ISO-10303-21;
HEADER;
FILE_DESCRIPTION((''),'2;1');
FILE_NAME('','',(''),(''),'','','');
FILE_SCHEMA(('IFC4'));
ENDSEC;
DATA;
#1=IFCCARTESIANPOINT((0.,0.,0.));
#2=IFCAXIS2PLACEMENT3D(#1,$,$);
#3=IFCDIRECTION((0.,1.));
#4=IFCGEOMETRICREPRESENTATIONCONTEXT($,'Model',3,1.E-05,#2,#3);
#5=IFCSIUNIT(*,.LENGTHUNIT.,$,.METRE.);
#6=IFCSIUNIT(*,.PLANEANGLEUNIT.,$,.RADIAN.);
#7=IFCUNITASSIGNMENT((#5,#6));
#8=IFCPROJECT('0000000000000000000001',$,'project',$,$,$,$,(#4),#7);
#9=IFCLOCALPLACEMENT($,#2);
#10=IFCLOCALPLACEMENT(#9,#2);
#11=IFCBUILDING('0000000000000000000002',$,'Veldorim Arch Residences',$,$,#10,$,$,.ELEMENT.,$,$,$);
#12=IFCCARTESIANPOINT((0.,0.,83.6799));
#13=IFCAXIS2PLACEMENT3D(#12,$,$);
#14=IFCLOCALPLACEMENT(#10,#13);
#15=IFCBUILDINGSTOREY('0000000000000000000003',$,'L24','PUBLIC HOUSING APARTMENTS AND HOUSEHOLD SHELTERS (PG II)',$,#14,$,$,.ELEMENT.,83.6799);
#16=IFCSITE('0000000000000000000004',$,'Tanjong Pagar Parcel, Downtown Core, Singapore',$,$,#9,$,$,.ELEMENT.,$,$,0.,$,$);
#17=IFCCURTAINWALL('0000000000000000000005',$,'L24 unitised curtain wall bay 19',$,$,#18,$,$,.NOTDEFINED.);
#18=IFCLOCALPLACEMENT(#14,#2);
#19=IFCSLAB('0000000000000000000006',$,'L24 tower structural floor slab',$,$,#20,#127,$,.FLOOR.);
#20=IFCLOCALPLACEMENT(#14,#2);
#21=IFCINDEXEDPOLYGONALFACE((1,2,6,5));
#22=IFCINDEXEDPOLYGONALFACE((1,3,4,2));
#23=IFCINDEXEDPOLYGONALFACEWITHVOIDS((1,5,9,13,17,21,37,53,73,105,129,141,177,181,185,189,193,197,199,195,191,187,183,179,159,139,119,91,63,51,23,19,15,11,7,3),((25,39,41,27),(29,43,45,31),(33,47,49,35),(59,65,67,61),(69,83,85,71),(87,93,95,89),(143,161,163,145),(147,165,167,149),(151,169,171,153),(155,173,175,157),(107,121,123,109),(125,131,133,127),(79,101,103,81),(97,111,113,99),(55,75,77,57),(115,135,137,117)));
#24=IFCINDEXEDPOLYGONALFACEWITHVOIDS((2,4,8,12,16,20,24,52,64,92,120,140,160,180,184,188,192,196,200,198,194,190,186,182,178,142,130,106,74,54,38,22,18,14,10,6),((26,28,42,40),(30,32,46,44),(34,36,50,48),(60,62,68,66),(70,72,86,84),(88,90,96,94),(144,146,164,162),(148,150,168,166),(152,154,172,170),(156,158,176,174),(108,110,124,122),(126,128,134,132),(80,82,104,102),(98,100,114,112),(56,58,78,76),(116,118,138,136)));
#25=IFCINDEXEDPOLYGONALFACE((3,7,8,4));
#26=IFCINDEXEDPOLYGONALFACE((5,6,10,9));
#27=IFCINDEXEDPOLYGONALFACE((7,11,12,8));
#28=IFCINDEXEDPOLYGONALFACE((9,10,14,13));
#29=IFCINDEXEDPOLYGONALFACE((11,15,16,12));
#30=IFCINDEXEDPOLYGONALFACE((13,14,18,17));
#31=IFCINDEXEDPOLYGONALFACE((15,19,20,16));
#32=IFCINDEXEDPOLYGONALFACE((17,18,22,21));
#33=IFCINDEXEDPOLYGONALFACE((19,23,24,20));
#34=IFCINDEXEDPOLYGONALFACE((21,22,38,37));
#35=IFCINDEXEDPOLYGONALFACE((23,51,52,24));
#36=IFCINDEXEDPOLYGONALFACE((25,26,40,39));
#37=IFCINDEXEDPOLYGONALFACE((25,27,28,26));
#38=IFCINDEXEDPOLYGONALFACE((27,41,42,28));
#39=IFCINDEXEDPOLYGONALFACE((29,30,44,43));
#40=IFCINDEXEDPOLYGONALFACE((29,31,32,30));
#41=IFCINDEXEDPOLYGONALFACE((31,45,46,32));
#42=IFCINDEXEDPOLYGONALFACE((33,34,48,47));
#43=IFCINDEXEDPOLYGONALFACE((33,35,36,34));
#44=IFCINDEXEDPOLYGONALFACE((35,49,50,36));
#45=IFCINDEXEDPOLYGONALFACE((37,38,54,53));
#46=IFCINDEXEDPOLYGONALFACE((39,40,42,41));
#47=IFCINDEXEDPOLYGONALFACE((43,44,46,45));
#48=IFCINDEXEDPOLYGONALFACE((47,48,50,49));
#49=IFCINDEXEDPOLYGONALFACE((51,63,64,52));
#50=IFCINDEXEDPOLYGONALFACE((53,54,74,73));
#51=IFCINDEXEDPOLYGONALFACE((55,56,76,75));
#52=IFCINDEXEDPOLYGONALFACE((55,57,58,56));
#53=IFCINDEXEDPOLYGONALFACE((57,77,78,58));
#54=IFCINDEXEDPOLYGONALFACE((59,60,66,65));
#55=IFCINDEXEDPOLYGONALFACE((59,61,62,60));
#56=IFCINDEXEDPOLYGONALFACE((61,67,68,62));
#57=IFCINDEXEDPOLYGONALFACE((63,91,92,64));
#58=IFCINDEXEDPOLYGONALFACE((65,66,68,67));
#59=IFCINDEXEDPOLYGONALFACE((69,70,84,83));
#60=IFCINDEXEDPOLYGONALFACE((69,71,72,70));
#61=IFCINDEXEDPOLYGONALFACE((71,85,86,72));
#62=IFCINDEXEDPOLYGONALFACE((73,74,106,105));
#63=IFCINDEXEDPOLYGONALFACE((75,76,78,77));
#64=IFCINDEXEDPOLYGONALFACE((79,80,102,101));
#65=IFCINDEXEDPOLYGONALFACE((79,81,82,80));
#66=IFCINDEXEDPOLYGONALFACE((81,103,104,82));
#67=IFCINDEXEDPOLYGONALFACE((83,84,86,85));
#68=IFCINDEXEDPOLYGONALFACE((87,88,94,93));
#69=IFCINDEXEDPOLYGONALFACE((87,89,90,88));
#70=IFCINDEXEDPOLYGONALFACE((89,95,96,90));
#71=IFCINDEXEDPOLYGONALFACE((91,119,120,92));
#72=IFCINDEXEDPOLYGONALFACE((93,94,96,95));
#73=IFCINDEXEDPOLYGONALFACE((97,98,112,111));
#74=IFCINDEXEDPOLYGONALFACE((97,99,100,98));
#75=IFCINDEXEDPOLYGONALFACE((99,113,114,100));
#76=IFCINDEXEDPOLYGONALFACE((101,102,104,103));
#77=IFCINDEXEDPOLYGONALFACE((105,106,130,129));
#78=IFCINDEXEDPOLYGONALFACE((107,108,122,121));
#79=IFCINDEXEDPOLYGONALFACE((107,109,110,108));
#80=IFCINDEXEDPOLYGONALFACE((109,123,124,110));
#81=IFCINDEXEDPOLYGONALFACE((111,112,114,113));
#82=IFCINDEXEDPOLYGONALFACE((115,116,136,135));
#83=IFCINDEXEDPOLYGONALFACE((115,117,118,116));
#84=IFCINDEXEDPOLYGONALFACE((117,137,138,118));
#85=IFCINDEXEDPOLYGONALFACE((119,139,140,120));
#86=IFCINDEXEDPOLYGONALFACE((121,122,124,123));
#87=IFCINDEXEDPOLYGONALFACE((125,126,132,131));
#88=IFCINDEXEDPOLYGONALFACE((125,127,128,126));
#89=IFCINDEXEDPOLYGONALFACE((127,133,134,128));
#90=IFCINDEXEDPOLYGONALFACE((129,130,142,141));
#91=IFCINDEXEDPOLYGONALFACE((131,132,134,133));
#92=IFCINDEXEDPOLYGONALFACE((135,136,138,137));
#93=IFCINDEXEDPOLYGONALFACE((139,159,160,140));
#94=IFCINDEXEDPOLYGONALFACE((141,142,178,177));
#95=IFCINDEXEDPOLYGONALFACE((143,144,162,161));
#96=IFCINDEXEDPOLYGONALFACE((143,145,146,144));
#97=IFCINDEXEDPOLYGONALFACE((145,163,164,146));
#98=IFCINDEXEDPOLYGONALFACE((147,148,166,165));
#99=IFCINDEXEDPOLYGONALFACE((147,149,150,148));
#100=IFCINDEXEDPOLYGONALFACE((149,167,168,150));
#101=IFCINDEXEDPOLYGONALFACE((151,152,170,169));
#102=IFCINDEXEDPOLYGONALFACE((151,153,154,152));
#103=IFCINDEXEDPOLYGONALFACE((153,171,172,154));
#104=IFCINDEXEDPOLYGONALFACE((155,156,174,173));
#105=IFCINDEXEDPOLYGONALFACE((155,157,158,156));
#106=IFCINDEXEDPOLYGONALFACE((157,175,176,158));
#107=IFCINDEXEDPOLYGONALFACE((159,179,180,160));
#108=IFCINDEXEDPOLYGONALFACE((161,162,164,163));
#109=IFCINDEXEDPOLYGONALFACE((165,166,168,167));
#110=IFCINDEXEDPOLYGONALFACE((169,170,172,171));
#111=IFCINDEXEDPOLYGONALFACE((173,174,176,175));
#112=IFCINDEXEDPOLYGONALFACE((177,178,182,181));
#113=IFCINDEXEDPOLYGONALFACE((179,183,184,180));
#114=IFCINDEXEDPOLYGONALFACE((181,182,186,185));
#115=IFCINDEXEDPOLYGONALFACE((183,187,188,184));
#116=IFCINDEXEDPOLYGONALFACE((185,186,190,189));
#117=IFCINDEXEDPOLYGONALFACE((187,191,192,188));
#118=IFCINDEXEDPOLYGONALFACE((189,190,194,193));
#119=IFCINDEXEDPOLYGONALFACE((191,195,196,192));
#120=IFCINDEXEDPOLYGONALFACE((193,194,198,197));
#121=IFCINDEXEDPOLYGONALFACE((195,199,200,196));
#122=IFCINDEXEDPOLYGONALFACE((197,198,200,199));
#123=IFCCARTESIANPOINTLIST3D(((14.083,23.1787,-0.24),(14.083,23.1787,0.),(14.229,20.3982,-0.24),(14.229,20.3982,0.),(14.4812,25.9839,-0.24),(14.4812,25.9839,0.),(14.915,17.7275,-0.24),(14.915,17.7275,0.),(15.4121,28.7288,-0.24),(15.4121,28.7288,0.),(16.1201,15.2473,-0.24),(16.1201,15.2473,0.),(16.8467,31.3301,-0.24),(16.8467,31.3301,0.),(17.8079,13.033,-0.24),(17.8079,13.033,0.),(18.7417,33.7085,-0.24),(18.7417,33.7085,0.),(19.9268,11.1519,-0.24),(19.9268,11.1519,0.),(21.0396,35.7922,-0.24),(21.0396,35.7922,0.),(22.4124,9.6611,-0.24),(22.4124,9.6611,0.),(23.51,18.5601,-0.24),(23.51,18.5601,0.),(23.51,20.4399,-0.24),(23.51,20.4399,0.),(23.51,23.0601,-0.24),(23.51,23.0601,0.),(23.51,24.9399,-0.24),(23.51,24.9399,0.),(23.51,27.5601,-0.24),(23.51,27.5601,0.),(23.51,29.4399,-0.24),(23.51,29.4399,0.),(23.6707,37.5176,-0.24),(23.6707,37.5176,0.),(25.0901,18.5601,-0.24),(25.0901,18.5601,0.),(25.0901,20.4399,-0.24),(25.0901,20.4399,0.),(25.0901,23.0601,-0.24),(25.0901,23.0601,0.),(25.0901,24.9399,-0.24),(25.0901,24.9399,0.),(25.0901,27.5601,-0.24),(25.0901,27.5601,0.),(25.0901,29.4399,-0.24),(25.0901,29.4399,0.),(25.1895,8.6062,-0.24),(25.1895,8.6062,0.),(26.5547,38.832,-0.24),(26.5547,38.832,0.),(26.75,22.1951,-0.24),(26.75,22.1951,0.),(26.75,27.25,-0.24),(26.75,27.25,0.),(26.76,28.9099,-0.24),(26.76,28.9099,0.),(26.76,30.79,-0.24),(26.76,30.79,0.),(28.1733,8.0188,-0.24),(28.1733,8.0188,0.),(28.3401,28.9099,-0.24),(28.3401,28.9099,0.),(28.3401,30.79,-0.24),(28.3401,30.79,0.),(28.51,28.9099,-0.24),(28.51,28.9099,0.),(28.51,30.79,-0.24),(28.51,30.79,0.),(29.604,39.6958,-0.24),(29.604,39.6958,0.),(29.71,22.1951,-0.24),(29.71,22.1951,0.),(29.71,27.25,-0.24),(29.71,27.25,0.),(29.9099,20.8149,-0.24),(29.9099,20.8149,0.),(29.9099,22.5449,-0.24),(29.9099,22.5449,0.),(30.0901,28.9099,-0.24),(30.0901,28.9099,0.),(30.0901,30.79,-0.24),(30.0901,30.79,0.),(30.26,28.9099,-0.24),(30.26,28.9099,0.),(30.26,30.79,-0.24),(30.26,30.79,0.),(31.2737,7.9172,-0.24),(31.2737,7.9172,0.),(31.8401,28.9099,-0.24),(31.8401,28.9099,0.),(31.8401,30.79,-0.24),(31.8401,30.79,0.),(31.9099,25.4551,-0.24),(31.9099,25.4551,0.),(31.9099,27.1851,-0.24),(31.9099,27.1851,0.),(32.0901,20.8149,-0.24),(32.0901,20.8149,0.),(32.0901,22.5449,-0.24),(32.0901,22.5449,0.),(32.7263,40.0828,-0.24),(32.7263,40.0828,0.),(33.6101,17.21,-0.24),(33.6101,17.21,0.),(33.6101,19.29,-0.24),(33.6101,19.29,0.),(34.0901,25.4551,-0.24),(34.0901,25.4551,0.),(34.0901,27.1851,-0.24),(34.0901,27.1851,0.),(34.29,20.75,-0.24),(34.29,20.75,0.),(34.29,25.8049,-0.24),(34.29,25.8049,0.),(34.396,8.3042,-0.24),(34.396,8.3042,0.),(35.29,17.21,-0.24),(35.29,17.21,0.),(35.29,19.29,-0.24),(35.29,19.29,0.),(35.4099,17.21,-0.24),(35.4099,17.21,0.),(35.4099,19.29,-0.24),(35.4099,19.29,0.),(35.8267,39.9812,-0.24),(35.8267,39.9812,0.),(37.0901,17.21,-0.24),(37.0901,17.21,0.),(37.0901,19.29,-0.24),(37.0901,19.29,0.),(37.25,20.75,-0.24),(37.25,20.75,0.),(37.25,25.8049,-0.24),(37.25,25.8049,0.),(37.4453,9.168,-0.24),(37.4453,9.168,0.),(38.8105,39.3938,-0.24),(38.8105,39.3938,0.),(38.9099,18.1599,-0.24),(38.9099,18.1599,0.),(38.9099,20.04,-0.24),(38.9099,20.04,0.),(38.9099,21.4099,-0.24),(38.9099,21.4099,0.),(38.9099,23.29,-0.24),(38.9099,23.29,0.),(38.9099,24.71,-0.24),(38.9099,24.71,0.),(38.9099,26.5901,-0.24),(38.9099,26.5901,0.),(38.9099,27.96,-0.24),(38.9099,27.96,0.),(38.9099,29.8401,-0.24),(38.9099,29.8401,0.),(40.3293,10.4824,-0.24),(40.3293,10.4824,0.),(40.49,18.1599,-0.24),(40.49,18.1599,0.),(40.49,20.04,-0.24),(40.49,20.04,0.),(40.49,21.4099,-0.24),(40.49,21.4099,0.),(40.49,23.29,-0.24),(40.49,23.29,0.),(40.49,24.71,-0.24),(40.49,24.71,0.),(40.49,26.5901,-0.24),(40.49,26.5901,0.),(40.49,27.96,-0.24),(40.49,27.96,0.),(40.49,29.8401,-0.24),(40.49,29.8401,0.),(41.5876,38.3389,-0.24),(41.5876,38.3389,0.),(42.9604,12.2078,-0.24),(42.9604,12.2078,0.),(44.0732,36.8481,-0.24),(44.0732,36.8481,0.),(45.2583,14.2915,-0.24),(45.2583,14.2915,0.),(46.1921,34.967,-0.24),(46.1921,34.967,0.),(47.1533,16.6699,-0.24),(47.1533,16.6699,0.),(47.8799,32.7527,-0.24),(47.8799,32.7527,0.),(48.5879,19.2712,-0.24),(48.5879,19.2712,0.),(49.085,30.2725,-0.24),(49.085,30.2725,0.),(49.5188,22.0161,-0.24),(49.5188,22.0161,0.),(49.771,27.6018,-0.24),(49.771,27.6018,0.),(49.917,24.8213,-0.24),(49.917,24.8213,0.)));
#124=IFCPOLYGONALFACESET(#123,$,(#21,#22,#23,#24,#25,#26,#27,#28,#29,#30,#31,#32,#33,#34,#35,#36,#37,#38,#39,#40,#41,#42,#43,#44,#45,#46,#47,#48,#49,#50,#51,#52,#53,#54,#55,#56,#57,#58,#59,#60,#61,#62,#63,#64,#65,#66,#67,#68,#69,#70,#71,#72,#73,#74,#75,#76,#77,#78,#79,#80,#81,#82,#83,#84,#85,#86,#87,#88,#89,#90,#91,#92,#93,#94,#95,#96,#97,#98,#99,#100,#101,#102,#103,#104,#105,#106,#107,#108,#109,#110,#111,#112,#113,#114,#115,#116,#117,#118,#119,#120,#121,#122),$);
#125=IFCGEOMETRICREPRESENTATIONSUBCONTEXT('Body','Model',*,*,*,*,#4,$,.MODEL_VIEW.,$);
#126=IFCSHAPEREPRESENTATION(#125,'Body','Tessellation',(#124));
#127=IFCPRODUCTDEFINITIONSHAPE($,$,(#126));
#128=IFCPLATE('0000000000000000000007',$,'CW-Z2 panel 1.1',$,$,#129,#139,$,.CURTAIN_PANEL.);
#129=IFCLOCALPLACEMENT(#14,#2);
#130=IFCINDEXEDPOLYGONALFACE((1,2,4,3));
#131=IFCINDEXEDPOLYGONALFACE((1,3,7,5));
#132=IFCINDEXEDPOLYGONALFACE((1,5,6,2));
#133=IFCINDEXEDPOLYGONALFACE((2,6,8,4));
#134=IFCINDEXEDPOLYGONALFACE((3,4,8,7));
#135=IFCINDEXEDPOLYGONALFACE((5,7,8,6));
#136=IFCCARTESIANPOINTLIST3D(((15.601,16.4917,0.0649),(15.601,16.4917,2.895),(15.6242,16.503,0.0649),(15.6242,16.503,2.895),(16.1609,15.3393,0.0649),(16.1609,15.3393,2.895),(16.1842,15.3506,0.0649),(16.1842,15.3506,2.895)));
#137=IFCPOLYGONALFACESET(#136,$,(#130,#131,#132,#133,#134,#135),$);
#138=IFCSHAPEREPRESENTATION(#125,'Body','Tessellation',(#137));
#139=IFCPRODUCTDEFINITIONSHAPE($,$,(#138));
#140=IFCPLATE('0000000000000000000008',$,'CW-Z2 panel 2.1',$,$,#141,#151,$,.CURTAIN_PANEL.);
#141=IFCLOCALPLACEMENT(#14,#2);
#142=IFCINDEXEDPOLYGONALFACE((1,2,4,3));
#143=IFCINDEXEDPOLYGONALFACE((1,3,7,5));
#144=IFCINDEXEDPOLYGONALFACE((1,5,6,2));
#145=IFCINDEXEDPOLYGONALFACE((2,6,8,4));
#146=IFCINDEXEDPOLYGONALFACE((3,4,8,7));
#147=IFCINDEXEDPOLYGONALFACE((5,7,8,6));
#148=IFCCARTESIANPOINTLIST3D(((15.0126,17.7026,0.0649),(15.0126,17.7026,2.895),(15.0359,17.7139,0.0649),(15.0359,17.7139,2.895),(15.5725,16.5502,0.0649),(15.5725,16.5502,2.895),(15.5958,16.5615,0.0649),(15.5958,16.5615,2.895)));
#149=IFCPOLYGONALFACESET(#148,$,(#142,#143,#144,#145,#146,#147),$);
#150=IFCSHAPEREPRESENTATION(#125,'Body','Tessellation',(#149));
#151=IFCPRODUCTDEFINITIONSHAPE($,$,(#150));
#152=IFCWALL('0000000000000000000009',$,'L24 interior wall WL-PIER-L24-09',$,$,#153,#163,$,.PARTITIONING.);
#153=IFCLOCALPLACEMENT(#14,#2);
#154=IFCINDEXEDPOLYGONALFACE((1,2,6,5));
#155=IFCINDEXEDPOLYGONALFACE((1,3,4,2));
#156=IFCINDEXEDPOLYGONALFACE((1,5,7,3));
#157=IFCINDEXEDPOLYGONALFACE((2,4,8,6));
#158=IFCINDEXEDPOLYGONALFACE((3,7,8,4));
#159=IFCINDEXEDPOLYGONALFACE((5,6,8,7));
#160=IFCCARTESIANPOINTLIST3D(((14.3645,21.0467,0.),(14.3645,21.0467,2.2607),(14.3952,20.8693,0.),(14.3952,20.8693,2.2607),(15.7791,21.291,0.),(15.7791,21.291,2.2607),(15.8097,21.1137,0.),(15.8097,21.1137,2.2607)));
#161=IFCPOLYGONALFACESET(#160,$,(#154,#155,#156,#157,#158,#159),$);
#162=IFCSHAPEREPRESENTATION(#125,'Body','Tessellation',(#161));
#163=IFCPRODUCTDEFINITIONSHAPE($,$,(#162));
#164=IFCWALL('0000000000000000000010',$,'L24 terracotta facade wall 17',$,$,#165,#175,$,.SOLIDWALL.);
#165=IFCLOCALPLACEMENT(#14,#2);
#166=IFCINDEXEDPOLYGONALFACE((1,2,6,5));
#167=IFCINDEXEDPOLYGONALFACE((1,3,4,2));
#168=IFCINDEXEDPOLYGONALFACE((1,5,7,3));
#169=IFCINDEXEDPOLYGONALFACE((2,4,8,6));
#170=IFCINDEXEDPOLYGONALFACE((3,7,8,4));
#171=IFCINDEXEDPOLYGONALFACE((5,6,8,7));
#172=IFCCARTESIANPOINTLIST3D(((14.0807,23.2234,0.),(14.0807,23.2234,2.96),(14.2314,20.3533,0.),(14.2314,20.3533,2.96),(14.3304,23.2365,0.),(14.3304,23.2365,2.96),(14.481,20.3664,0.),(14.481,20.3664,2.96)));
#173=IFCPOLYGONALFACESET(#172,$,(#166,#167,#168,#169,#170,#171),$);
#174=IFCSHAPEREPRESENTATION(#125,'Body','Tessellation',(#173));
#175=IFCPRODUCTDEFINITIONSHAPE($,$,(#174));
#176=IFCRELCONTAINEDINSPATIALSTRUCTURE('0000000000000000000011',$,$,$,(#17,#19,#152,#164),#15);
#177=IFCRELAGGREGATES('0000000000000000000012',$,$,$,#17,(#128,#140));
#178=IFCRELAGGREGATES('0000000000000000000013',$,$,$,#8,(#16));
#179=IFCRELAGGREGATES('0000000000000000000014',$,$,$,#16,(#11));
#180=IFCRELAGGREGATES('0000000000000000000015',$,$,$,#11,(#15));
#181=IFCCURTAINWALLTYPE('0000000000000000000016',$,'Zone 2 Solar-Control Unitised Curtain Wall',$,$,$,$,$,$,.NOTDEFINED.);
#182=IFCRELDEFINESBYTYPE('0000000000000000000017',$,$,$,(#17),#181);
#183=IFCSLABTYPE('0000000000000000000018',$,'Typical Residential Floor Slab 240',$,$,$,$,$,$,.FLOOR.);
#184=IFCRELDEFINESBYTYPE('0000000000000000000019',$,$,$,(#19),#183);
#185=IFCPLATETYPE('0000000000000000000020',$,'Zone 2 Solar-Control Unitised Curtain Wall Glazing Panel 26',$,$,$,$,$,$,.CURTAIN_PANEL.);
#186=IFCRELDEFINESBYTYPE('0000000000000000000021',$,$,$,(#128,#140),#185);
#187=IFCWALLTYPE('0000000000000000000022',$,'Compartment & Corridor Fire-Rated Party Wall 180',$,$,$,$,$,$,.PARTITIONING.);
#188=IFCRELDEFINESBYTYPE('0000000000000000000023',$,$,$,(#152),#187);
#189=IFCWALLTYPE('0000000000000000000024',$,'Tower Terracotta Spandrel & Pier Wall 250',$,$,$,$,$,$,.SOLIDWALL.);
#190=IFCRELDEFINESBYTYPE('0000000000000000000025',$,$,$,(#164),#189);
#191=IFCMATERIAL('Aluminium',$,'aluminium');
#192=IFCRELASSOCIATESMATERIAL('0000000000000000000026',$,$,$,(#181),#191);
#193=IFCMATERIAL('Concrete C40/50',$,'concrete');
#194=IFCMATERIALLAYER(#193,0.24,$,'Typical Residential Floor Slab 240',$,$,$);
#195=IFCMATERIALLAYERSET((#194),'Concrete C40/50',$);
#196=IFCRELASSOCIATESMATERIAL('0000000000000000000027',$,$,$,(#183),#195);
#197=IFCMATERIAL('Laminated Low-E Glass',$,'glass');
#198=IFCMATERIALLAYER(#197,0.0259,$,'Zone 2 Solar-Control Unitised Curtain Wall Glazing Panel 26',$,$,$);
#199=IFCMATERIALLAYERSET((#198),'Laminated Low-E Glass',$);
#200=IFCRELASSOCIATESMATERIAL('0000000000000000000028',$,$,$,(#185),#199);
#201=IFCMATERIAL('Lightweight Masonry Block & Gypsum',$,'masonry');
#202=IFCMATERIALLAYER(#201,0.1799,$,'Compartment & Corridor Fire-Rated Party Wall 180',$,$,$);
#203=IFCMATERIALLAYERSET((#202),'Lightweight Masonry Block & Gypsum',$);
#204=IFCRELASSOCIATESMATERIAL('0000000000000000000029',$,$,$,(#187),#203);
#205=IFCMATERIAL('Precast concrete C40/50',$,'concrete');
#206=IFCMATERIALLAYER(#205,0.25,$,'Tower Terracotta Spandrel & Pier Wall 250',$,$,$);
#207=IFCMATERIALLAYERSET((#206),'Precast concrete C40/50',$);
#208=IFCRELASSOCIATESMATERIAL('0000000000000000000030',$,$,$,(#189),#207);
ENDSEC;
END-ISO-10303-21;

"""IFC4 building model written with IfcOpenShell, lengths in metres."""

from ifc_helpers import new_model, si_unit, direction, frame, frame_2d, origin, origin_2d, place, context, subcontext, project, spatial, polyline, rectangle, outline, extrude, material, layer, layer_set, type_object, element, aggregate, save


model = new_model("IFC4")

# Units and contexts
model_context = context("Model", 3, precision=1e-05, world=origin(), true_north=direction((0.0, 1.0)))
body_context = subcontext(model_context, "Body", "Model", "MODEL_VIEW")
ifc_project = project(units=[si_unit("LENGTHUNIT", "METRE"), si_unit("PLANEANGLEUNIT", "RADIAN")], contexts=[model_context])

# Site, building, storey
site_placement = place(None, origin())
site = spatial("IfcSite", under=ifc_project, at=site_placement, Name="Tanjong Pagar Parcel, Downtown Core, Singapore", CompositionType="ELEMENT", RefElevation=0.0)
building_placement = place(site_placement, origin())
building = spatial("IfcBuilding", under=site, at=building_placement, Name="Veldorim Arch Residences", CompositionType="ELEMENT")
storey_placement = place(building_placement, frame((0.0, 0.0, 83.6799)))
storey = spatial("IfcBuildingStorey", under=building, at=storey_placement, Name="L24", Description="PUBLIC HOUSING APARTMENTS AND HOUSEHOLD SHELTERS (PG II)", CompositionType="ELEMENT", Elevation=83.6799)

# Curtain wall
ifc_material_1 = material(Name="Aluminium", Category="aluminium")
curtain_wall_type = type_object("IfcCurtainWallType", Name="Zone 2 Solar-Control Unitised Curtain Wall", PredefinedType="NOTDEFINED", material=ifc_material_1)
curtain_wall_placement = place(storey_placement, origin())
curtain_wall = element("IfcCurtainWall", 1, at=curtain_wall_placement, inside=storey, type_object=curtain_wall_type, Name="L24 unitised curtain wall bay 19", PredefinedType="NOTDEFINED")

# Slab
ifc_material_2 = material(Name="Concrete C40/50", Category="concrete")
ifc_layer_1 = layer(ifc_material_2, 0.24, Name="Typical Residential Floor Slab 240")
ifc_layer_set_1 = layer_set([ifc_layer_1], Name="Concrete C40/50")
slab_type_1 = type_object("IfcSlabType", Name="Typical Residential Floor Slab 240", PredefinedType="FLOOR", material=ifc_layer_set_1)
slab_1_placement = place(storey_placement, frame((0.0, 0.0, -0.24)))
element("IfcSlab", 2, at=slab_1_placement, inside=storey, type_object=slab_type_1, Name="L24 tower structural floor slab", PredefinedType="FLOOR", context=body_context, shape_type="SweptSolid", body=[
    extrude(outline(polyline([(49.085, 30.2725), (47.8799, 32.7527), (46.1921, 34.967), (44.0732, 36.8481), (41.5876, 38.3389), (38.8105, 39.3938), (35.8267, 39.9812), (32.7263, 40.0828), (29.604, 39.6958), (26.5547, 38.832), (23.6707, 37.5176), (21.0396, 35.7922), (18.7417, 33.7085), (16.8467, 31.3301), (15.4121, 28.7288), (14.4812, 25.9839), (14.083, 23.1787), (14.229, 20.3982), (14.915, 17.7275), (16.1201, 15.2473), (17.8079, 13.033), (19.9268, 11.1519), (22.4124, 9.6611), (25.1895, 8.6062), (28.1733, 8.0188), (31.2737, 7.9172), (34.396, 8.3042), (37.4453, 9.168), (40.3293, 10.4824), (42.9604, 12.2078), (45.2583, 14.2915), (47.1533, 16.6699), (48.5879, 19.2712), (49.5188, 22.0161), (49.917, 24.8213), (49.771, 27.6018), (49.085, 30.2725)]), holes=[polyline([(23.51, 20.4399), (25.0901, 20.4399), (25.0901, 18.5601), (23.51, 18.5601), (23.51, 20.4399)]), polyline([(29.9099, 22.5449), (32.0901, 22.5449), (32.0901, 20.8149), (29.9099, 20.8149), (29.9099, 22.5449)]), polyline([(23.51, 24.9399), (25.0901, 24.9399), (25.0901, 23.0601), (23.51, 23.0601), (23.51, 24.9399)]), polyline([(26.75, 27.25), (29.71, 27.25), (29.71, 22.1951), (26.75, 22.1951), (26.75, 27.25)]), polyline([(23.51, 29.4399), (25.0901, 29.4399), (25.0901, 27.5601), (23.51, 27.5601), (23.51, 29.4399)]), polyline([(26.76, 30.79), (28.3401, 30.79), (28.3401, 28.9099), (26.76, 28.9099), (26.76, 30.79)]), polyline([(28.51, 30.79), (30.0901, 30.79), (30.0901, 28.9099), (28.51, 28.9099), (28.51, 30.79)]), polyline([(30.26, 30.79), (31.8401, 30.79), (31.8401, 28.9099), (30.26, 28.9099), (30.26, 30.79)]), polyline([(33.6101, 19.29), (35.29, 19.29), (35.29, 17.21), (33.6101, 17.21), (33.6101, 19.29)]), polyline([(35.4099, 19.29), (37.0901, 19.29), (37.0901, 17.21), (35.4099, 17.21), (35.4099, 19.29)]), polyline([(38.9099, 20.04), (40.49, 20.04), (40.49, 18.1599), (38.9099, 18.1599), (38.9099, 20.04)]), polyline([(38.9099, 23.29), (40.49, 23.29), (40.49, 21.4099), (38.9099, 21.4099), (38.9099, 23.29)]), polyline([(34.29, 25.8049), (37.25, 25.8049), (37.25, 20.75), (34.29, 20.75), (34.29, 25.8049)]), polyline([(38.9099, 26.5901), (40.49, 26.5901), (40.49, 24.71), (38.9099, 24.71), (38.9099, 26.5901)]), polyline([(31.9099, 27.1851), (34.0901, 27.1851), (34.0901, 25.4551), (31.9099, 25.4551), (31.9099, 27.1851)]), polyline([(38.9099, 29.8401), (40.49, 29.8401), (40.49, 27.96), (38.9099, 27.96), (38.9099, 29.8401)])]), origin(), (0.0, 0.0, 1.0), 0.24),
])

# Plates
ifc_material_3 = material(Name="Laminated Low-E Glass", Category="glass")
ifc_layer_2 = layer(ifc_material_3, 0.0259, Name="Zone 2 Solar-Control Unitised Curtain Wall Glazing Panel 26")
ifc_layer_set_2 = layer_set([ifc_layer_2], Name="Laminated Low-E Glass")
plate_type = type_object("IfcPlateType", Name="Zone 2 Solar-Control Unitised Curtain Wall Glazing Panel 26", PredefinedType="CURTAIN_PANEL", material=ifc_layer_set_2)
plate_1_placement = place(storey_placement, frame((15.8926, 15.9211, 0.0649), z_axis=(0.0, 0.0, 1.0), x_axis=(-0.437046, 0.899439, 0.0)))
plate_1 = element("IfcPlate", 3, at=plate_1_placement, type_object=plate_type, Name="CW-Z2 panel 1.1", PredefinedType="CURTAIN_PANEL", context=body_context, shape_type="SweptSolid", body=[
    extrude(rectangle(XDim=1.2812, YDim=0.0259, at=origin_2d()), origin(), (0.0, 0.0, 1.0), 2.8301),
])
plate_2_placement = place(storey_placement, frame((15.3042, 17.1321, 0.0649), z_axis=(0.0, 0.0, 1.0), x_axis=(-0.437046, 0.899439, 0.0)))
plate_2 = element("IfcPlate", 4, at=plate_2_placement, type_object=plate_type, Name="CW-Z2 panel 2.1", PredefinedType="CURTAIN_PANEL", context=body_context, shape_type="SweptSolid", body=[
    extrude(rectangle(XDim=1.2812, YDim=0.0259, at=origin_2d()), origin(), (0.0, 0.0, 1.0), 2.8301),
])
aggregate(curtain_wall, [plate_1, plate_2])

# Walls
ifc_material_4 = material(Name="Lightweight Masonry Block & Gypsum", Category="masonry")
ifc_layer_3 = layer(ifc_material_4, 0.1799, Name="Compartment & Corridor Fire-Rated Party Wall 180")
ifc_layer_set_3 = layer_set([ifc_layer_3], Name="Lightweight Masonry Block & Gypsum")
wall_type_1 = type_object("IfcWallType", Name="Compartment & Corridor Fire-Rated Party Wall 180", PredefinedType="PARTITIONING", material=ifc_layer_set_3)
wall_1_placement = place(storey_placement, frame((15.7944, 21.2024, 0.0), z_axis=(0.0, 0.0, 1.0), x_axis=(-0.985402, -0.170243, 0.0)))
element("IfcWall", 5, at=wall_1_placement, inside=storey, type_object=wall_type_1, Name="L24 interior wall WL-PIER-L24-09", PredefinedType="PARTITIONING", context=body_context, shape_type="SweptSolid", body=[
    extrude(rectangle(XDim=1.4355, YDim=0.1799, at=frame_2d((0.7178, 0.0))), origin(), (0.0, 0.0, 1.0), 2.2607),
])
ifc_material_5 = material(Name="Precast concrete C40/50", Category="concrete")
ifc_layer_4 = layer(ifc_material_5, 0.25, Name="Tower Terracotta Spandrel & Pier Wall 250")
ifc_layer_set_4 = layer_set([ifc_layer_4], Name="Precast concrete C40/50")
wall_type_2 = type_object("IfcWallType", Name="Tower Terracotta Spandrel & Pier Wall 250", PredefinedType="SOLIDWALL", material=ifc_layer_set_4)
wall_2_placement = place(storey_placement, frame((14.3562, 20.3599, 0.0), z_axis=(0.0, 0.0, 1.0), x_axis=(-0.052412, 0.998626, 0.0)))
element("IfcWall", 6, at=wall_2_placement, inside=storey, type_object=wall_type_2, Name="L24 terracotta facade wall 17", PredefinedType="SOLIDWALL", context=body_context, shape_type="SweptSolid", body=[
    extrude(rectangle(XDim=2.874, YDim=0.25, at=frame_2d((1.437, 0.0))), origin(), (0.0, 0.0, 1.0), 2.96),
])

save(model, "model.ifc")
